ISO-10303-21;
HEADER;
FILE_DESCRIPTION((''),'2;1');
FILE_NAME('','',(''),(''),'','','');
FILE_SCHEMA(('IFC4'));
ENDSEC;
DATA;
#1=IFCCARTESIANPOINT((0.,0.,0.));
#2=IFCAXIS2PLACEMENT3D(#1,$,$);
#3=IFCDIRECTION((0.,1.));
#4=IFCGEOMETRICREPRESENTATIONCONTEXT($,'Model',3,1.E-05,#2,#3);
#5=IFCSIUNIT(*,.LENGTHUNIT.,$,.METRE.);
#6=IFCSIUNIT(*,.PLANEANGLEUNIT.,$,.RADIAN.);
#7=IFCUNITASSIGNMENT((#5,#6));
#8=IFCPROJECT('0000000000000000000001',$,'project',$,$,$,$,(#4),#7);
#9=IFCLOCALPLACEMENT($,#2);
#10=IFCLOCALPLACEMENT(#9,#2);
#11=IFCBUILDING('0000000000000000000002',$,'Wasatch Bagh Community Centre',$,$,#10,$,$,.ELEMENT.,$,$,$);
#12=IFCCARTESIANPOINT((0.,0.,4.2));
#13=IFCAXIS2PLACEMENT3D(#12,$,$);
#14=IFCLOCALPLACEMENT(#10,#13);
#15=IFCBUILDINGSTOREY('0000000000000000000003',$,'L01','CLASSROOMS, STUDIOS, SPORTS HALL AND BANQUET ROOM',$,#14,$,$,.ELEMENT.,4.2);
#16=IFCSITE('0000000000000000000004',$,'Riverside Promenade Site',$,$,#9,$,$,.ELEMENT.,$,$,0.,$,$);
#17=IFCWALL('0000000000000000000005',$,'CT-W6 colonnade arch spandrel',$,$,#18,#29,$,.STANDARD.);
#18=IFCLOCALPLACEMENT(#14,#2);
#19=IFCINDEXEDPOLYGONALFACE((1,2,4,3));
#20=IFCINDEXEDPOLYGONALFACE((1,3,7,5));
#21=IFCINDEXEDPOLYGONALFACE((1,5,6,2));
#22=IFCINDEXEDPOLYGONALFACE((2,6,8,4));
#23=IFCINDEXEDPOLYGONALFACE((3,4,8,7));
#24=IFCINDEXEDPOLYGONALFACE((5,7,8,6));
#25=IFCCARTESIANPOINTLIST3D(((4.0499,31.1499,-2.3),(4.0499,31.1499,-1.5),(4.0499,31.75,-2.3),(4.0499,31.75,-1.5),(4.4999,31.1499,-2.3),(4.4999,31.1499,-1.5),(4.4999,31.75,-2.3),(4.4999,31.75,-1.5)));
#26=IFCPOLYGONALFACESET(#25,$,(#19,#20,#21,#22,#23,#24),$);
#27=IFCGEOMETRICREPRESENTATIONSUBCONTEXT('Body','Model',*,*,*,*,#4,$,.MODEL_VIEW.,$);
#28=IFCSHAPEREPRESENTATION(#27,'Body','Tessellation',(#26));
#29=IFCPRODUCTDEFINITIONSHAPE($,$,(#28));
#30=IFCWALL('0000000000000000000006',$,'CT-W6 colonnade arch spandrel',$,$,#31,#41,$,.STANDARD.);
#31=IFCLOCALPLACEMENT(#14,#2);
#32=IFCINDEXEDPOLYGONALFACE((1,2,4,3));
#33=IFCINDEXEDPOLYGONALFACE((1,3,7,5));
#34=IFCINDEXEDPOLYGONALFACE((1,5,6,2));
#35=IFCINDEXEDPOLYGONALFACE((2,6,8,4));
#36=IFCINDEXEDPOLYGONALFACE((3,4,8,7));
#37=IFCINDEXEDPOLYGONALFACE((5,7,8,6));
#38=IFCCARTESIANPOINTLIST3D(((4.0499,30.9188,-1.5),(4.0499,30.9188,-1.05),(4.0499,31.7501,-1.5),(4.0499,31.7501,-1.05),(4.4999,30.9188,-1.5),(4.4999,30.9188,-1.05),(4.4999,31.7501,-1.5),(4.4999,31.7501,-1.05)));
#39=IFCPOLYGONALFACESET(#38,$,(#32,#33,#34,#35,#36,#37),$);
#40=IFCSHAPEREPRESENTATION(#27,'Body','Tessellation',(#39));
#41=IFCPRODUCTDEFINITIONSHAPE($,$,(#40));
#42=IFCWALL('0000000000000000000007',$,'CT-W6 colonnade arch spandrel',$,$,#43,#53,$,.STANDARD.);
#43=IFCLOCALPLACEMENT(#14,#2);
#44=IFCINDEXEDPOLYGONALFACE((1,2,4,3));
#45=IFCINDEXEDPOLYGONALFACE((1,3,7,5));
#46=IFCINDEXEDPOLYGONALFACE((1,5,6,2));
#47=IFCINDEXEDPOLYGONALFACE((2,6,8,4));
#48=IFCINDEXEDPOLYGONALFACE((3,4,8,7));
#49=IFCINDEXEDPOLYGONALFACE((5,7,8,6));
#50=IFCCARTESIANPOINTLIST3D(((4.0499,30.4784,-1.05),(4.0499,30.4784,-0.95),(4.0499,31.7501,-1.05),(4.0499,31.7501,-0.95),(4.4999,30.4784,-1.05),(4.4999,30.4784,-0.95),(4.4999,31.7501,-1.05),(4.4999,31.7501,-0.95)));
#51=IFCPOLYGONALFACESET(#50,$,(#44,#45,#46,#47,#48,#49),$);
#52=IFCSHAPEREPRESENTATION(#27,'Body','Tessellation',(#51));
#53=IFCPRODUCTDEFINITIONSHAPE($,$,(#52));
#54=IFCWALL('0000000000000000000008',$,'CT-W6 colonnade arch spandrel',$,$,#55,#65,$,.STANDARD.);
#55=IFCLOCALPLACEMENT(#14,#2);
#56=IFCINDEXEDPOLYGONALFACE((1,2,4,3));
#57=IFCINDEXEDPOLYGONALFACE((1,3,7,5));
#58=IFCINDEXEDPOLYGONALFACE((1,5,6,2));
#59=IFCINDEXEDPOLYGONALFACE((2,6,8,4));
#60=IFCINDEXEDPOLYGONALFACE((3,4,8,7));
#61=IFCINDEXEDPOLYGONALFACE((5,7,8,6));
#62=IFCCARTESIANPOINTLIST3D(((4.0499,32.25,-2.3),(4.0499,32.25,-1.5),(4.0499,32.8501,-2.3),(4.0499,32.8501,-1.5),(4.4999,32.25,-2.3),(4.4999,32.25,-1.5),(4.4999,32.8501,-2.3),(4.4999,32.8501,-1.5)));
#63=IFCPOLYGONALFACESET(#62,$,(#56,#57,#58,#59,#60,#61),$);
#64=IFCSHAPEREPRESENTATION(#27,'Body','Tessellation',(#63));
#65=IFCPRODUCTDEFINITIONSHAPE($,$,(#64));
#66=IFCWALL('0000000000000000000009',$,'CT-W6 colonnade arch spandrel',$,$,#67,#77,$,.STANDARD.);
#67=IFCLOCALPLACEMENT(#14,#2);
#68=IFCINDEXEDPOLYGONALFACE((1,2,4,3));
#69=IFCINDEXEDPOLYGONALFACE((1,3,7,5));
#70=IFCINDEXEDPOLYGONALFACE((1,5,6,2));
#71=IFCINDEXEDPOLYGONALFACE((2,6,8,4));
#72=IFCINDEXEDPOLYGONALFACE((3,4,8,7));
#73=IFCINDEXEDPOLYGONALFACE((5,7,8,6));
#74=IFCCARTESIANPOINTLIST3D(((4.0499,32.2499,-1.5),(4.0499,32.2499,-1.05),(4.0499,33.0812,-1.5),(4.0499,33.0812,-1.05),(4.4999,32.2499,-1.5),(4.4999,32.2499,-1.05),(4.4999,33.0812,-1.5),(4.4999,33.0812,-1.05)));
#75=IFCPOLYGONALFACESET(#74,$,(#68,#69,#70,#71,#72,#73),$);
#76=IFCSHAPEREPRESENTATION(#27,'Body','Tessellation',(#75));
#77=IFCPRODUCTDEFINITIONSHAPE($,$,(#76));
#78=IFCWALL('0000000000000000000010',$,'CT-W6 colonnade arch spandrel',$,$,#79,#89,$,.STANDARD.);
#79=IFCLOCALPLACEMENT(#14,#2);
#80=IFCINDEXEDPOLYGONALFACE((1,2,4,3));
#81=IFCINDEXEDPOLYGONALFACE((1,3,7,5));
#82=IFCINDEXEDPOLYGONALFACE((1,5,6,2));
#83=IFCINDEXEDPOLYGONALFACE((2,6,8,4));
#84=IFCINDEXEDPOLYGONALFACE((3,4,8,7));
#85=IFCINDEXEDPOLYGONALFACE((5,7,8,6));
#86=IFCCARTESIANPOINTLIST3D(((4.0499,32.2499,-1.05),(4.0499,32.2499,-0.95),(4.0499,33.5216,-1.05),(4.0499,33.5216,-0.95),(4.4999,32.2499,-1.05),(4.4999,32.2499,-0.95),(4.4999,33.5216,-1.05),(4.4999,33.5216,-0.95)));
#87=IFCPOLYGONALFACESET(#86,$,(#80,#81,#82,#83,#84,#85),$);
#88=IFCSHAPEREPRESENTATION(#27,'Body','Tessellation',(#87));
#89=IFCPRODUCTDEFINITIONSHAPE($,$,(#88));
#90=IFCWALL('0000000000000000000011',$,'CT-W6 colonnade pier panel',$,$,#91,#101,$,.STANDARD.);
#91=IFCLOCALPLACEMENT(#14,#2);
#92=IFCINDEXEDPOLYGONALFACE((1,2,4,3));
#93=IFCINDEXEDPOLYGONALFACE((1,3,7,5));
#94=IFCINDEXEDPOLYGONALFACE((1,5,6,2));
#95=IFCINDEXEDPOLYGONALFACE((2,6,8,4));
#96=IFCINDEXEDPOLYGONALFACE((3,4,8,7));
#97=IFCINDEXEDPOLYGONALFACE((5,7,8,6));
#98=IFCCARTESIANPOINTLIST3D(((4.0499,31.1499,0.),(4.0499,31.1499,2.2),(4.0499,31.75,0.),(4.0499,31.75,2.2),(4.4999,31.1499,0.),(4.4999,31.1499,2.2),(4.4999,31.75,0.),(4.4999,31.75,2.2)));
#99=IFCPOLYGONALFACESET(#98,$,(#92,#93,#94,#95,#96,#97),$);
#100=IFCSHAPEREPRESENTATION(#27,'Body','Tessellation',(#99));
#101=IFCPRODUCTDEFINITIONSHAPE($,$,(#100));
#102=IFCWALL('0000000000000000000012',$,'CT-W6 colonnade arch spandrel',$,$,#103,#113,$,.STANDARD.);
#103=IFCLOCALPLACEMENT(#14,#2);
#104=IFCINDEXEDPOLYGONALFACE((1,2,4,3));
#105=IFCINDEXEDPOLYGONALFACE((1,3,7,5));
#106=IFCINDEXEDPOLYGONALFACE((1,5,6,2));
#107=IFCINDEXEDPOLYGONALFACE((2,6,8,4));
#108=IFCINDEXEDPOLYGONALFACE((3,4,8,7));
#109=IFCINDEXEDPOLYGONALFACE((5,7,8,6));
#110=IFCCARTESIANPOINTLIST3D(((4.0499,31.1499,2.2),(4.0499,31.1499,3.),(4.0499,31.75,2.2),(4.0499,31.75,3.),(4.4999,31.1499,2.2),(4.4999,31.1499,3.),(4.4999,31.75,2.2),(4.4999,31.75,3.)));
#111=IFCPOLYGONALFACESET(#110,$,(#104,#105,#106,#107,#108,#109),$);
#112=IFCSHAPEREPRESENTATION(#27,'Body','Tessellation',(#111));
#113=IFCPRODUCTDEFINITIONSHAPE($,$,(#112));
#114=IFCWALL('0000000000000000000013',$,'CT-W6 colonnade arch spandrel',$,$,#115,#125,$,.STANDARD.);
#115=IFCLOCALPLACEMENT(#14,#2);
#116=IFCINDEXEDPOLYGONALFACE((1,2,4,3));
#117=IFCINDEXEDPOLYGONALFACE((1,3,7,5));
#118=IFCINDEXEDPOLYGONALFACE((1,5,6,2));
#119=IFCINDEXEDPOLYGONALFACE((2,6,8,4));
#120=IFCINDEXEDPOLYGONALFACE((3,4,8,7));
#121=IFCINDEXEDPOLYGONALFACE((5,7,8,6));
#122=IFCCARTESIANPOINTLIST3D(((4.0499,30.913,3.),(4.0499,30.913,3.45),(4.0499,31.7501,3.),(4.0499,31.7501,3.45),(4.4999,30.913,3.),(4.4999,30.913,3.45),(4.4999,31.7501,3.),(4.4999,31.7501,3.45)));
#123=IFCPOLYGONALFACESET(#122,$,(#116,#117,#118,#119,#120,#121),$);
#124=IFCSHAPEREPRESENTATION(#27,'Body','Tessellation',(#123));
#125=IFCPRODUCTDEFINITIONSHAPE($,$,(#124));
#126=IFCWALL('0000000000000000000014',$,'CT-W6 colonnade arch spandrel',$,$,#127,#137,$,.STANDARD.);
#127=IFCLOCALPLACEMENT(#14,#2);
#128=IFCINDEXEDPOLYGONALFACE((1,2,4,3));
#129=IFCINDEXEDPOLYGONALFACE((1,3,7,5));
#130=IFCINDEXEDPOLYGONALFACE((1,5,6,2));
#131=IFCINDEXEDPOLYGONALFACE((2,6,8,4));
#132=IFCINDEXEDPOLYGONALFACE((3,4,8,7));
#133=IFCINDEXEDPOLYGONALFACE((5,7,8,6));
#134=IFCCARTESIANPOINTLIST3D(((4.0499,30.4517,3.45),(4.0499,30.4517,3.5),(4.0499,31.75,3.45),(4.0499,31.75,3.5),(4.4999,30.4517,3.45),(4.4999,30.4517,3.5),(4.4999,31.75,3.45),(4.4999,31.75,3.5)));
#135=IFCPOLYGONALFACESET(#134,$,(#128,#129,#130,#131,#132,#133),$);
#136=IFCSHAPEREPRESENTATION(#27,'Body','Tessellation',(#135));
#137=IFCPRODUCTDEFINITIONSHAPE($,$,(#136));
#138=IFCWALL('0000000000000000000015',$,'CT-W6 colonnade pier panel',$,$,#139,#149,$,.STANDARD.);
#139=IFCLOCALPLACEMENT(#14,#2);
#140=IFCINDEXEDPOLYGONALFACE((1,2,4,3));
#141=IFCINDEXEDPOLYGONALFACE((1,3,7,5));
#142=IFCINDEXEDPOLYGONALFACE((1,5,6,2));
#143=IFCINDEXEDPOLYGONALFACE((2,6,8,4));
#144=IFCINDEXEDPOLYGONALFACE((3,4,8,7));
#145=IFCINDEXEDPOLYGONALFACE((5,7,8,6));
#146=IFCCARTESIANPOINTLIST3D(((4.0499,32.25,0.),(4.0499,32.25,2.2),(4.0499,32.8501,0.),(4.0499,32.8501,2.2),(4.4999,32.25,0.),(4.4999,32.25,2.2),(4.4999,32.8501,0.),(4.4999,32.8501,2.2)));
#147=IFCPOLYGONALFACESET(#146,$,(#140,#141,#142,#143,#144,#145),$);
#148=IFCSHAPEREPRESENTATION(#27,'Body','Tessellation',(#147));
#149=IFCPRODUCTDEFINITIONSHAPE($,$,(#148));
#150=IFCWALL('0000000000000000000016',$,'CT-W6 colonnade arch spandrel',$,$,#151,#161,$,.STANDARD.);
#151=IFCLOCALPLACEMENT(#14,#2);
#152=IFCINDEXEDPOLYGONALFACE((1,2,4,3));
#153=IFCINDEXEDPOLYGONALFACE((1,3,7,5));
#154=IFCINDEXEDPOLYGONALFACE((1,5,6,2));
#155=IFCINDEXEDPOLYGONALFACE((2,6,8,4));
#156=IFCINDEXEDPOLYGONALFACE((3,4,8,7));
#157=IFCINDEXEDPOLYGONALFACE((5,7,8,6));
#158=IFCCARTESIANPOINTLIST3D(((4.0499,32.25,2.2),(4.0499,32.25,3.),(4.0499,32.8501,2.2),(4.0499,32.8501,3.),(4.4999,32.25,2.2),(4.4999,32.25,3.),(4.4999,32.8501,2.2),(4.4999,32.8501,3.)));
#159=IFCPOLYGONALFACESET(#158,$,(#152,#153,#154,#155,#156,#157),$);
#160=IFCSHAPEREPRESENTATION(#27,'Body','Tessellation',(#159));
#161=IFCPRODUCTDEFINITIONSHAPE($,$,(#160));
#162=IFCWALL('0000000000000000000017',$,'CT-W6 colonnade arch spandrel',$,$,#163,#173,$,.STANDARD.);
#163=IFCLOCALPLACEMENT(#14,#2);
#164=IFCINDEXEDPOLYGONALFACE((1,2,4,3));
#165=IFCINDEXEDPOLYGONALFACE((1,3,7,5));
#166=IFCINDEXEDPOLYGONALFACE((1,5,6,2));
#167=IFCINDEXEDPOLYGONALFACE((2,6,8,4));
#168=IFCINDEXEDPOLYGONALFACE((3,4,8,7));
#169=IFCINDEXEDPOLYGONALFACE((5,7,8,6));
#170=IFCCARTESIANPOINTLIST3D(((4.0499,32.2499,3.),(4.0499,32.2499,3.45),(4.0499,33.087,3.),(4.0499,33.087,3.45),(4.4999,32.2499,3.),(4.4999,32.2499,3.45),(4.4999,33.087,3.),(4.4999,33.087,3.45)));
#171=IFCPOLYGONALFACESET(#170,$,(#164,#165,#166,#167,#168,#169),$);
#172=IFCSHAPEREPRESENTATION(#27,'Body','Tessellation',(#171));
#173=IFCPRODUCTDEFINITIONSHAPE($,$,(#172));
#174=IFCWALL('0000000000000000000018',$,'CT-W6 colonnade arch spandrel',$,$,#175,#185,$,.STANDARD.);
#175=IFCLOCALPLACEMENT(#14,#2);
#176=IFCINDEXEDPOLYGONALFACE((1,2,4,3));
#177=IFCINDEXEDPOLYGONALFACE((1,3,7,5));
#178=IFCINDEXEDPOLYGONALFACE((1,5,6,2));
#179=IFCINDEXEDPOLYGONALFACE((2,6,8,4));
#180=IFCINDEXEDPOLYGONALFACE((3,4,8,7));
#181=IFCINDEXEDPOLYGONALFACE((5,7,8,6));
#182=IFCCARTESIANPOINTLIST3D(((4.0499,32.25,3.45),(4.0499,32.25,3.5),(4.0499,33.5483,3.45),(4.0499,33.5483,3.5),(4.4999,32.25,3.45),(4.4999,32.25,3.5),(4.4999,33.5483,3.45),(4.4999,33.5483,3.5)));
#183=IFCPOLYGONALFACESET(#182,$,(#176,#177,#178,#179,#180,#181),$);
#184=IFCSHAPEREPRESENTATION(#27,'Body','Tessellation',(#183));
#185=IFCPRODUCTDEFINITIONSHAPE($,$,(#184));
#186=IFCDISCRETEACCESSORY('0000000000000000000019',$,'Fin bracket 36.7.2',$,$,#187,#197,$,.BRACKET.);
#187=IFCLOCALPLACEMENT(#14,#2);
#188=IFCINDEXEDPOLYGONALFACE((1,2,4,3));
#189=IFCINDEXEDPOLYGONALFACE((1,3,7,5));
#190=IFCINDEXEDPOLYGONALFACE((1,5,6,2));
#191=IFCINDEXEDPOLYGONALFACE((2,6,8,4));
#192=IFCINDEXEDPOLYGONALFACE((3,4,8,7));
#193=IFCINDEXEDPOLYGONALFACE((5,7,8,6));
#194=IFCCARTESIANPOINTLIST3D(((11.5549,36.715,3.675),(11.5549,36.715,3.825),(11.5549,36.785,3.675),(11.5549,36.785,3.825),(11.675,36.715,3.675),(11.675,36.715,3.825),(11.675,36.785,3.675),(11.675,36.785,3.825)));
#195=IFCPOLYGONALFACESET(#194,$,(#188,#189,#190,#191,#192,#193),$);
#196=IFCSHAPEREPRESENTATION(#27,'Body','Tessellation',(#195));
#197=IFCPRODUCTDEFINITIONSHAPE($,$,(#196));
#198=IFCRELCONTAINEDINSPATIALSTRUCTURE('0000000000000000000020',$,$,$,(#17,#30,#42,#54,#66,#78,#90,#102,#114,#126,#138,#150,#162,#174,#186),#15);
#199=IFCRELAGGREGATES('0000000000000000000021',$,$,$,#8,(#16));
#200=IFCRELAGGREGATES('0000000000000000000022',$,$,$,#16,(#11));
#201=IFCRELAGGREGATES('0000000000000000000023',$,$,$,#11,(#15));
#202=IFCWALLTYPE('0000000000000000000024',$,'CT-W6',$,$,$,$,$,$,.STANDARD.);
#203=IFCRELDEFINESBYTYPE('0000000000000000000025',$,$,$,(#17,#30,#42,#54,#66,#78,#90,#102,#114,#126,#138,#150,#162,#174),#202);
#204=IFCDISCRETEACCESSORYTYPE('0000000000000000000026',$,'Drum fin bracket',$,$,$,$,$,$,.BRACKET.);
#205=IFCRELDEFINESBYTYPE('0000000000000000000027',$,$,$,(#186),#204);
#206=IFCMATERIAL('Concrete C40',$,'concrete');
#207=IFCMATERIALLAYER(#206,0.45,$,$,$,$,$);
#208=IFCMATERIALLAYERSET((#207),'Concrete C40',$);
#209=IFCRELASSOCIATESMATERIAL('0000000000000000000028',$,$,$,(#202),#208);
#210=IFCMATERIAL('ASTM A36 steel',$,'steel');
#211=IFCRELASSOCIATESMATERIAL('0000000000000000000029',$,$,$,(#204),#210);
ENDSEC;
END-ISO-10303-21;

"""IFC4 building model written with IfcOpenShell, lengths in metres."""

from ifc_helpers import new_model, si_unit, direction, frame, frame_2d, origin, origin_2d, place, context, subcontext, project, spatial, rectangle, extrude, material, layer, layer_set, type_object, element, save


model = new_model("IFC4")

# Units and contexts
model_context = context("Model", 3, precision=1e-05, world=origin(), true_north=direction((0.0, 1.0)))
body_context = subcontext(model_context, "Body", "Model", "MODEL_VIEW")
ifc_project = project(units=[si_unit("LENGTHUNIT", "METRE"), si_unit("PLANEANGLEUNIT", "RADIAN")], contexts=[model_context])

# Site, building, storey
site_placement = place(None, origin())
site = spatial("IfcSite", under=ifc_project, at=site_placement, Name="Riverside Promenade Site", CompositionType="ELEMENT", RefElevation=0.0)
building_placement = place(site_placement, origin())
building = spatial("IfcBuilding", under=site, at=building_placement, Name="Wasatch Bagh Community Centre", CompositionType="ELEMENT")
storey_placement = place(building_placement, frame((0.0, 0.0, 4.2)))
storey = spatial("IfcBuildingStorey", under=building, at=storey_placement, Name="L01", Description="CLASSROOMS, STUDIOS, SPORTS HALL AND BANQUET ROOM", CompositionType="ELEMENT", Elevation=4.2)

# Shared definitions
ifc_material_1 = material(Name="Concrete C40", Category="concrete")

# Walls
ifc_layer_1 = layer(ifc_material_1, 0.45)
ifc_layer_set_1 = layer_set([ifc_layer_1], Name="Concrete C40")
wall_type_1 = type_object("IfcWallType", Name="CT-W6", PredefinedType="STANDARD", material=ifc_layer_set_1)
wall_1_placement = place(storey_placement, frame((4.2749, 31.75, -2.3), z_axis=(0.0, 0.0, 1.0), x_axis=(0.0, -1.0, 0.0)))
element("IfcWall", 1, at=wall_1_placement, inside=storey, type_object=wall_type_1, Name="CT-W6 colonnade arch spandrel", PredefinedType="STANDARD", context=body_context, shape_type="SweptSolid", body=[
    extrude(rectangle(XDim=0.6001, YDim=0.45, at=frame_2d((0.3, 0.0))), origin(), (0.0, 0.0, 1.0), 0.8),
])
wall_2_placement = place(storey_placement, frame((4.2749, 31.75, -1.5), z_axis=(0.0, 0.0, 1.0), x_axis=(0.0, -1.0, 0.0)))
element("IfcWall", 2, at=wall_2_placement, inside=storey, type_object=wall_type_1, Name="CT-W6 colonnade arch spandrel", PredefinedType="STANDARD", context=body_context, shape_type="SweptSolid", body=[
    extrude(rectangle(XDim=0.8313, YDim=0.45, at=frame_2d((0.4155, 0.0))), origin(), (0.0, 0.0, 1.0), 0.45),
])
wall_3_placement = place(storey_placement, frame((4.2749, 31.75, -1.05), z_axis=(0.0, 0.0, 1.0), x_axis=(0.0, -1.0, 0.0)))
element("IfcWall", 3, at=wall_3_placement, inside=storey, type_object=wall_type_1, Name="CT-W6 colonnade arch spandrel", PredefinedType="STANDARD", context=body_context, shape_type="SweptSolid", body=[
    extrude(rectangle(XDim=1.2717, YDim=0.45, at=frame_2d((0.6357, 0.0))), origin(), (0.0, 0.0, 1.0), 0.1001),
])
wall_4_placement = place(storey_placement, frame((4.2749, 32.25, -2.3), z_axis=(0.0, 0.0, 1.0), x_axis=(0.0, 1.0, 0.0)))
element("IfcWall", 4, at=wall_4_placement, inside=storey, type_object=wall_type_1, Name="CT-W6 colonnade arch spandrel", PredefinedType="STANDARD", context=body_context, shape_type="SweptSolid", body=[
    extrude(rectangle(XDim=0.6001, YDim=0.45, at=frame_2d((0.3, 0.0))), origin(), (0.0, 0.0, 1.0), 0.8),
])
wall_5_placement = place(storey_placement, frame((4.2749, 32.25, -1.5), z_axis=(0.0, 0.0, 1.0), x_axis=(0.0, 1.0, 0.0)))
element("IfcWall", 5, at=wall_5_placement, inside=storey, type_object=wall_type_1, Name="CT-W6 colonnade arch spandrel", PredefinedType="STANDARD", context=body_context, shape_type="SweptSolid", body=[
    extrude(rectangle(XDim=0.8313, YDim=0.45, at=frame_2d((0.4155, 0.0))), origin(), (0.0, 0.0, 1.0), 0.45),
])
wall_6_placement = place(storey_placement, frame((4.2749, 32.25, -1.05), z_axis=(0.0, 0.0, 1.0), x_axis=(0.0, 1.0, 0.0)))
element("IfcWall", 6, at=wall_6_placement, inside=storey, type_object=wall_type_1, Name="CT-W6 colonnade arch spandrel", PredefinedType="STANDARD", context=body_context, shape_type="SweptSolid", body=[
    extrude(rectangle(XDim=1.2717, YDim=0.45, at=frame_2d((0.6357, 0.0))), origin(), (0.0, 0.0, 1.0), 0.1001),
])
wall_7_placement = place(storey_placement, frame((4.2749, 31.75, 0.0), z_axis=(0.0, 0.0, 1.0), x_axis=(0.0, -1.0, 0.0)))
element("IfcWall", 7, at=wall_7_placement, inside=storey, type_object=wall_type_1, Name="CT-W6 colonnade pier panel", PredefinedType="STANDARD", context=body_context, shape_type="SweptSolid", body=[
    extrude(rectangle(XDim=0.6001, YDim=0.45, at=frame_2d((0.3, 0.0))), origin(), (0.0, 0.0, 1.0), 2.2),
])
wall_8_placement = place(storey_placement, frame((4.2749, 31.75, 2.2), z_axis=(0.0, 0.0, 1.0), x_axis=(0.0, -1.0, 0.0)))
element("IfcWall", 8, at=wall_8_placement, inside=storey, type_object=wall_type_1, Name="CT-W6 colonnade arch spandrel", PredefinedType="STANDARD", context=body_context, shape_type="SweptSolid", body=[
    extrude(rectangle(XDim=0.6001, YDim=0.45, at=frame_2d((0.3, 0.0))), origin(), (0.0, 0.0, 1.0), 0.8),
])
wall_9_placement = place(storey_placement, frame((4.2749, 31.75, 3.0), z_axis=(0.0, 0.0, 1.0), x_axis=(0.0, -1.0, 0.0)))
element("IfcWall", 9, at=wall_9_placement, inside=storey, type_object=wall_type_1, Name="CT-W6 colonnade arch spandrel", PredefinedType="STANDARD", context=body_context, shape_type="SweptSolid", body=[
    extrude(rectangle(XDim=0.8372, YDim=0.45, at=frame_2d((0.4185, 0.0))), origin(), (0.0, 0.0, 1.0), 0.45),
])
wall_10_placement = place(storey_placement, frame((4.2749, 31.75, 3.45), z_axis=(0.0, 0.0, 1.0), x_axis=(0.0, -1.0, 0.0)))
element("IfcWall", 10, at=wall_10_placement, inside=storey, type_object=wall_type_1, Name="CT-W6 colonnade arch spandrel", PredefinedType="STANDARD", context=body_context, shape_type="SweptSolid", body=[
    extrude(rectangle(XDim=1.2983, YDim=0.45, at=frame_2d((0.6492, 0.0))), origin(), (0.0, 0.0, 1.0), 0.05),
])
wall_11_placement = place(storey_placement, frame((4.2749, 32.25, 0.0), z_axis=(0.0, 0.0, 1.0), x_axis=(0.0, 1.0, 0.0)))
element("IfcWall", 11, at=wall_11_placement, inside=storey, type_object=wall_type_1, Name="CT-W6 colonnade pier panel", PredefinedType="STANDARD", context=body_context, shape_type="SweptSolid", body=[
    extrude(rectangle(XDim=0.6001, YDim=0.45, at=frame_2d((0.3, 0.0))), origin(), (0.0, 0.0, 1.0), 2.2),
])
wall_12_placement = place(storey_placement, frame((4.2749, 32.25, 2.2), z_axis=(0.0, 0.0, 1.0), x_axis=(0.0, 1.0, 0.0)))
element("IfcWall", 12, at=wall_12_placement, inside=storey, type_object=wall_type_1, Name="CT-W6 colonnade arch spandrel", PredefinedType="STANDARD", context=body_context, shape_type="SweptSolid", body=[
    extrude(rectangle(XDim=0.6001, YDim=0.45, at=frame_2d((0.3, 0.0))), origin(), (0.0, 0.0, 1.0), 0.8),
])
wall_13_placement = place(storey_placement, frame((4.2749, 32.25, 3.0), z_axis=(0.0, 0.0, 1.0), x_axis=(0.0, 1.0, 0.0)))
element("IfcWall", 13, at=wall_13_placement, inside=storey, type_object=wall_type_1, Name="CT-W6 colonnade arch spandrel", PredefinedType="STANDARD", context=body_context, shape_type="SweptSolid", body=[
    extrude(rectangle(XDim=0.8372, YDim=0.45, at=frame_2d((0.4185, 0.0))), origin(), (0.0, 0.0, 1.0), 0.45),
])
wall_14_placement = place(storey_placement, frame((4.2749, 32.25, 3.45), z_axis=(0.0, 0.0, 1.0), x_axis=(0.0, 1.0, 0.0)))
element("IfcWall", 14, at=wall_14_placement, inside=storey, type_object=wall_type_1, Name="CT-W6 colonnade arch spandrel", PredefinedType="STANDARD", context=body_context, shape_type="SweptSolid", body=[
    extrude(rectangle(XDim=1.2983, YDim=0.45, at=frame_2d((0.6492, 0.0))), origin(), (0.0, 0.0, 1.0), 0.05),
])

# Discrete accessory
ifc_material_2 = material(Name="ASTM A36 steel", Category="steel")
discrete_accessory_type = type_object("IfcDiscreteAccessoryType", Name="Drum fin bracket", PredefinedType="BRACKET", material=ifc_material_2)
for number, where, z_axis, x_axis, name in (
    (15, (11.615, 36.75, 3.675), (0.0, 0.0, 1.0), (0.0, -1.0, 0.0), "Fin bracket 36.7.2"),
):
    element("IfcDiscreteAccessory", number, at=place(storey_placement, frame(where, z_axis=z_axis, x_axis=x_axis)), inside=storey, type_object=discrete_accessory_type, Name=name, PredefinedType="BRACKET", context=body_context, shape_type="SweptSolid", body=[
        extrude(rectangle(XDim=0.0701, YDim=0.1201, at=origin_2d()), origin(), (0.0, 0.0, 1.0), 0.1499),
    ])

save(model, "model.ifc")
